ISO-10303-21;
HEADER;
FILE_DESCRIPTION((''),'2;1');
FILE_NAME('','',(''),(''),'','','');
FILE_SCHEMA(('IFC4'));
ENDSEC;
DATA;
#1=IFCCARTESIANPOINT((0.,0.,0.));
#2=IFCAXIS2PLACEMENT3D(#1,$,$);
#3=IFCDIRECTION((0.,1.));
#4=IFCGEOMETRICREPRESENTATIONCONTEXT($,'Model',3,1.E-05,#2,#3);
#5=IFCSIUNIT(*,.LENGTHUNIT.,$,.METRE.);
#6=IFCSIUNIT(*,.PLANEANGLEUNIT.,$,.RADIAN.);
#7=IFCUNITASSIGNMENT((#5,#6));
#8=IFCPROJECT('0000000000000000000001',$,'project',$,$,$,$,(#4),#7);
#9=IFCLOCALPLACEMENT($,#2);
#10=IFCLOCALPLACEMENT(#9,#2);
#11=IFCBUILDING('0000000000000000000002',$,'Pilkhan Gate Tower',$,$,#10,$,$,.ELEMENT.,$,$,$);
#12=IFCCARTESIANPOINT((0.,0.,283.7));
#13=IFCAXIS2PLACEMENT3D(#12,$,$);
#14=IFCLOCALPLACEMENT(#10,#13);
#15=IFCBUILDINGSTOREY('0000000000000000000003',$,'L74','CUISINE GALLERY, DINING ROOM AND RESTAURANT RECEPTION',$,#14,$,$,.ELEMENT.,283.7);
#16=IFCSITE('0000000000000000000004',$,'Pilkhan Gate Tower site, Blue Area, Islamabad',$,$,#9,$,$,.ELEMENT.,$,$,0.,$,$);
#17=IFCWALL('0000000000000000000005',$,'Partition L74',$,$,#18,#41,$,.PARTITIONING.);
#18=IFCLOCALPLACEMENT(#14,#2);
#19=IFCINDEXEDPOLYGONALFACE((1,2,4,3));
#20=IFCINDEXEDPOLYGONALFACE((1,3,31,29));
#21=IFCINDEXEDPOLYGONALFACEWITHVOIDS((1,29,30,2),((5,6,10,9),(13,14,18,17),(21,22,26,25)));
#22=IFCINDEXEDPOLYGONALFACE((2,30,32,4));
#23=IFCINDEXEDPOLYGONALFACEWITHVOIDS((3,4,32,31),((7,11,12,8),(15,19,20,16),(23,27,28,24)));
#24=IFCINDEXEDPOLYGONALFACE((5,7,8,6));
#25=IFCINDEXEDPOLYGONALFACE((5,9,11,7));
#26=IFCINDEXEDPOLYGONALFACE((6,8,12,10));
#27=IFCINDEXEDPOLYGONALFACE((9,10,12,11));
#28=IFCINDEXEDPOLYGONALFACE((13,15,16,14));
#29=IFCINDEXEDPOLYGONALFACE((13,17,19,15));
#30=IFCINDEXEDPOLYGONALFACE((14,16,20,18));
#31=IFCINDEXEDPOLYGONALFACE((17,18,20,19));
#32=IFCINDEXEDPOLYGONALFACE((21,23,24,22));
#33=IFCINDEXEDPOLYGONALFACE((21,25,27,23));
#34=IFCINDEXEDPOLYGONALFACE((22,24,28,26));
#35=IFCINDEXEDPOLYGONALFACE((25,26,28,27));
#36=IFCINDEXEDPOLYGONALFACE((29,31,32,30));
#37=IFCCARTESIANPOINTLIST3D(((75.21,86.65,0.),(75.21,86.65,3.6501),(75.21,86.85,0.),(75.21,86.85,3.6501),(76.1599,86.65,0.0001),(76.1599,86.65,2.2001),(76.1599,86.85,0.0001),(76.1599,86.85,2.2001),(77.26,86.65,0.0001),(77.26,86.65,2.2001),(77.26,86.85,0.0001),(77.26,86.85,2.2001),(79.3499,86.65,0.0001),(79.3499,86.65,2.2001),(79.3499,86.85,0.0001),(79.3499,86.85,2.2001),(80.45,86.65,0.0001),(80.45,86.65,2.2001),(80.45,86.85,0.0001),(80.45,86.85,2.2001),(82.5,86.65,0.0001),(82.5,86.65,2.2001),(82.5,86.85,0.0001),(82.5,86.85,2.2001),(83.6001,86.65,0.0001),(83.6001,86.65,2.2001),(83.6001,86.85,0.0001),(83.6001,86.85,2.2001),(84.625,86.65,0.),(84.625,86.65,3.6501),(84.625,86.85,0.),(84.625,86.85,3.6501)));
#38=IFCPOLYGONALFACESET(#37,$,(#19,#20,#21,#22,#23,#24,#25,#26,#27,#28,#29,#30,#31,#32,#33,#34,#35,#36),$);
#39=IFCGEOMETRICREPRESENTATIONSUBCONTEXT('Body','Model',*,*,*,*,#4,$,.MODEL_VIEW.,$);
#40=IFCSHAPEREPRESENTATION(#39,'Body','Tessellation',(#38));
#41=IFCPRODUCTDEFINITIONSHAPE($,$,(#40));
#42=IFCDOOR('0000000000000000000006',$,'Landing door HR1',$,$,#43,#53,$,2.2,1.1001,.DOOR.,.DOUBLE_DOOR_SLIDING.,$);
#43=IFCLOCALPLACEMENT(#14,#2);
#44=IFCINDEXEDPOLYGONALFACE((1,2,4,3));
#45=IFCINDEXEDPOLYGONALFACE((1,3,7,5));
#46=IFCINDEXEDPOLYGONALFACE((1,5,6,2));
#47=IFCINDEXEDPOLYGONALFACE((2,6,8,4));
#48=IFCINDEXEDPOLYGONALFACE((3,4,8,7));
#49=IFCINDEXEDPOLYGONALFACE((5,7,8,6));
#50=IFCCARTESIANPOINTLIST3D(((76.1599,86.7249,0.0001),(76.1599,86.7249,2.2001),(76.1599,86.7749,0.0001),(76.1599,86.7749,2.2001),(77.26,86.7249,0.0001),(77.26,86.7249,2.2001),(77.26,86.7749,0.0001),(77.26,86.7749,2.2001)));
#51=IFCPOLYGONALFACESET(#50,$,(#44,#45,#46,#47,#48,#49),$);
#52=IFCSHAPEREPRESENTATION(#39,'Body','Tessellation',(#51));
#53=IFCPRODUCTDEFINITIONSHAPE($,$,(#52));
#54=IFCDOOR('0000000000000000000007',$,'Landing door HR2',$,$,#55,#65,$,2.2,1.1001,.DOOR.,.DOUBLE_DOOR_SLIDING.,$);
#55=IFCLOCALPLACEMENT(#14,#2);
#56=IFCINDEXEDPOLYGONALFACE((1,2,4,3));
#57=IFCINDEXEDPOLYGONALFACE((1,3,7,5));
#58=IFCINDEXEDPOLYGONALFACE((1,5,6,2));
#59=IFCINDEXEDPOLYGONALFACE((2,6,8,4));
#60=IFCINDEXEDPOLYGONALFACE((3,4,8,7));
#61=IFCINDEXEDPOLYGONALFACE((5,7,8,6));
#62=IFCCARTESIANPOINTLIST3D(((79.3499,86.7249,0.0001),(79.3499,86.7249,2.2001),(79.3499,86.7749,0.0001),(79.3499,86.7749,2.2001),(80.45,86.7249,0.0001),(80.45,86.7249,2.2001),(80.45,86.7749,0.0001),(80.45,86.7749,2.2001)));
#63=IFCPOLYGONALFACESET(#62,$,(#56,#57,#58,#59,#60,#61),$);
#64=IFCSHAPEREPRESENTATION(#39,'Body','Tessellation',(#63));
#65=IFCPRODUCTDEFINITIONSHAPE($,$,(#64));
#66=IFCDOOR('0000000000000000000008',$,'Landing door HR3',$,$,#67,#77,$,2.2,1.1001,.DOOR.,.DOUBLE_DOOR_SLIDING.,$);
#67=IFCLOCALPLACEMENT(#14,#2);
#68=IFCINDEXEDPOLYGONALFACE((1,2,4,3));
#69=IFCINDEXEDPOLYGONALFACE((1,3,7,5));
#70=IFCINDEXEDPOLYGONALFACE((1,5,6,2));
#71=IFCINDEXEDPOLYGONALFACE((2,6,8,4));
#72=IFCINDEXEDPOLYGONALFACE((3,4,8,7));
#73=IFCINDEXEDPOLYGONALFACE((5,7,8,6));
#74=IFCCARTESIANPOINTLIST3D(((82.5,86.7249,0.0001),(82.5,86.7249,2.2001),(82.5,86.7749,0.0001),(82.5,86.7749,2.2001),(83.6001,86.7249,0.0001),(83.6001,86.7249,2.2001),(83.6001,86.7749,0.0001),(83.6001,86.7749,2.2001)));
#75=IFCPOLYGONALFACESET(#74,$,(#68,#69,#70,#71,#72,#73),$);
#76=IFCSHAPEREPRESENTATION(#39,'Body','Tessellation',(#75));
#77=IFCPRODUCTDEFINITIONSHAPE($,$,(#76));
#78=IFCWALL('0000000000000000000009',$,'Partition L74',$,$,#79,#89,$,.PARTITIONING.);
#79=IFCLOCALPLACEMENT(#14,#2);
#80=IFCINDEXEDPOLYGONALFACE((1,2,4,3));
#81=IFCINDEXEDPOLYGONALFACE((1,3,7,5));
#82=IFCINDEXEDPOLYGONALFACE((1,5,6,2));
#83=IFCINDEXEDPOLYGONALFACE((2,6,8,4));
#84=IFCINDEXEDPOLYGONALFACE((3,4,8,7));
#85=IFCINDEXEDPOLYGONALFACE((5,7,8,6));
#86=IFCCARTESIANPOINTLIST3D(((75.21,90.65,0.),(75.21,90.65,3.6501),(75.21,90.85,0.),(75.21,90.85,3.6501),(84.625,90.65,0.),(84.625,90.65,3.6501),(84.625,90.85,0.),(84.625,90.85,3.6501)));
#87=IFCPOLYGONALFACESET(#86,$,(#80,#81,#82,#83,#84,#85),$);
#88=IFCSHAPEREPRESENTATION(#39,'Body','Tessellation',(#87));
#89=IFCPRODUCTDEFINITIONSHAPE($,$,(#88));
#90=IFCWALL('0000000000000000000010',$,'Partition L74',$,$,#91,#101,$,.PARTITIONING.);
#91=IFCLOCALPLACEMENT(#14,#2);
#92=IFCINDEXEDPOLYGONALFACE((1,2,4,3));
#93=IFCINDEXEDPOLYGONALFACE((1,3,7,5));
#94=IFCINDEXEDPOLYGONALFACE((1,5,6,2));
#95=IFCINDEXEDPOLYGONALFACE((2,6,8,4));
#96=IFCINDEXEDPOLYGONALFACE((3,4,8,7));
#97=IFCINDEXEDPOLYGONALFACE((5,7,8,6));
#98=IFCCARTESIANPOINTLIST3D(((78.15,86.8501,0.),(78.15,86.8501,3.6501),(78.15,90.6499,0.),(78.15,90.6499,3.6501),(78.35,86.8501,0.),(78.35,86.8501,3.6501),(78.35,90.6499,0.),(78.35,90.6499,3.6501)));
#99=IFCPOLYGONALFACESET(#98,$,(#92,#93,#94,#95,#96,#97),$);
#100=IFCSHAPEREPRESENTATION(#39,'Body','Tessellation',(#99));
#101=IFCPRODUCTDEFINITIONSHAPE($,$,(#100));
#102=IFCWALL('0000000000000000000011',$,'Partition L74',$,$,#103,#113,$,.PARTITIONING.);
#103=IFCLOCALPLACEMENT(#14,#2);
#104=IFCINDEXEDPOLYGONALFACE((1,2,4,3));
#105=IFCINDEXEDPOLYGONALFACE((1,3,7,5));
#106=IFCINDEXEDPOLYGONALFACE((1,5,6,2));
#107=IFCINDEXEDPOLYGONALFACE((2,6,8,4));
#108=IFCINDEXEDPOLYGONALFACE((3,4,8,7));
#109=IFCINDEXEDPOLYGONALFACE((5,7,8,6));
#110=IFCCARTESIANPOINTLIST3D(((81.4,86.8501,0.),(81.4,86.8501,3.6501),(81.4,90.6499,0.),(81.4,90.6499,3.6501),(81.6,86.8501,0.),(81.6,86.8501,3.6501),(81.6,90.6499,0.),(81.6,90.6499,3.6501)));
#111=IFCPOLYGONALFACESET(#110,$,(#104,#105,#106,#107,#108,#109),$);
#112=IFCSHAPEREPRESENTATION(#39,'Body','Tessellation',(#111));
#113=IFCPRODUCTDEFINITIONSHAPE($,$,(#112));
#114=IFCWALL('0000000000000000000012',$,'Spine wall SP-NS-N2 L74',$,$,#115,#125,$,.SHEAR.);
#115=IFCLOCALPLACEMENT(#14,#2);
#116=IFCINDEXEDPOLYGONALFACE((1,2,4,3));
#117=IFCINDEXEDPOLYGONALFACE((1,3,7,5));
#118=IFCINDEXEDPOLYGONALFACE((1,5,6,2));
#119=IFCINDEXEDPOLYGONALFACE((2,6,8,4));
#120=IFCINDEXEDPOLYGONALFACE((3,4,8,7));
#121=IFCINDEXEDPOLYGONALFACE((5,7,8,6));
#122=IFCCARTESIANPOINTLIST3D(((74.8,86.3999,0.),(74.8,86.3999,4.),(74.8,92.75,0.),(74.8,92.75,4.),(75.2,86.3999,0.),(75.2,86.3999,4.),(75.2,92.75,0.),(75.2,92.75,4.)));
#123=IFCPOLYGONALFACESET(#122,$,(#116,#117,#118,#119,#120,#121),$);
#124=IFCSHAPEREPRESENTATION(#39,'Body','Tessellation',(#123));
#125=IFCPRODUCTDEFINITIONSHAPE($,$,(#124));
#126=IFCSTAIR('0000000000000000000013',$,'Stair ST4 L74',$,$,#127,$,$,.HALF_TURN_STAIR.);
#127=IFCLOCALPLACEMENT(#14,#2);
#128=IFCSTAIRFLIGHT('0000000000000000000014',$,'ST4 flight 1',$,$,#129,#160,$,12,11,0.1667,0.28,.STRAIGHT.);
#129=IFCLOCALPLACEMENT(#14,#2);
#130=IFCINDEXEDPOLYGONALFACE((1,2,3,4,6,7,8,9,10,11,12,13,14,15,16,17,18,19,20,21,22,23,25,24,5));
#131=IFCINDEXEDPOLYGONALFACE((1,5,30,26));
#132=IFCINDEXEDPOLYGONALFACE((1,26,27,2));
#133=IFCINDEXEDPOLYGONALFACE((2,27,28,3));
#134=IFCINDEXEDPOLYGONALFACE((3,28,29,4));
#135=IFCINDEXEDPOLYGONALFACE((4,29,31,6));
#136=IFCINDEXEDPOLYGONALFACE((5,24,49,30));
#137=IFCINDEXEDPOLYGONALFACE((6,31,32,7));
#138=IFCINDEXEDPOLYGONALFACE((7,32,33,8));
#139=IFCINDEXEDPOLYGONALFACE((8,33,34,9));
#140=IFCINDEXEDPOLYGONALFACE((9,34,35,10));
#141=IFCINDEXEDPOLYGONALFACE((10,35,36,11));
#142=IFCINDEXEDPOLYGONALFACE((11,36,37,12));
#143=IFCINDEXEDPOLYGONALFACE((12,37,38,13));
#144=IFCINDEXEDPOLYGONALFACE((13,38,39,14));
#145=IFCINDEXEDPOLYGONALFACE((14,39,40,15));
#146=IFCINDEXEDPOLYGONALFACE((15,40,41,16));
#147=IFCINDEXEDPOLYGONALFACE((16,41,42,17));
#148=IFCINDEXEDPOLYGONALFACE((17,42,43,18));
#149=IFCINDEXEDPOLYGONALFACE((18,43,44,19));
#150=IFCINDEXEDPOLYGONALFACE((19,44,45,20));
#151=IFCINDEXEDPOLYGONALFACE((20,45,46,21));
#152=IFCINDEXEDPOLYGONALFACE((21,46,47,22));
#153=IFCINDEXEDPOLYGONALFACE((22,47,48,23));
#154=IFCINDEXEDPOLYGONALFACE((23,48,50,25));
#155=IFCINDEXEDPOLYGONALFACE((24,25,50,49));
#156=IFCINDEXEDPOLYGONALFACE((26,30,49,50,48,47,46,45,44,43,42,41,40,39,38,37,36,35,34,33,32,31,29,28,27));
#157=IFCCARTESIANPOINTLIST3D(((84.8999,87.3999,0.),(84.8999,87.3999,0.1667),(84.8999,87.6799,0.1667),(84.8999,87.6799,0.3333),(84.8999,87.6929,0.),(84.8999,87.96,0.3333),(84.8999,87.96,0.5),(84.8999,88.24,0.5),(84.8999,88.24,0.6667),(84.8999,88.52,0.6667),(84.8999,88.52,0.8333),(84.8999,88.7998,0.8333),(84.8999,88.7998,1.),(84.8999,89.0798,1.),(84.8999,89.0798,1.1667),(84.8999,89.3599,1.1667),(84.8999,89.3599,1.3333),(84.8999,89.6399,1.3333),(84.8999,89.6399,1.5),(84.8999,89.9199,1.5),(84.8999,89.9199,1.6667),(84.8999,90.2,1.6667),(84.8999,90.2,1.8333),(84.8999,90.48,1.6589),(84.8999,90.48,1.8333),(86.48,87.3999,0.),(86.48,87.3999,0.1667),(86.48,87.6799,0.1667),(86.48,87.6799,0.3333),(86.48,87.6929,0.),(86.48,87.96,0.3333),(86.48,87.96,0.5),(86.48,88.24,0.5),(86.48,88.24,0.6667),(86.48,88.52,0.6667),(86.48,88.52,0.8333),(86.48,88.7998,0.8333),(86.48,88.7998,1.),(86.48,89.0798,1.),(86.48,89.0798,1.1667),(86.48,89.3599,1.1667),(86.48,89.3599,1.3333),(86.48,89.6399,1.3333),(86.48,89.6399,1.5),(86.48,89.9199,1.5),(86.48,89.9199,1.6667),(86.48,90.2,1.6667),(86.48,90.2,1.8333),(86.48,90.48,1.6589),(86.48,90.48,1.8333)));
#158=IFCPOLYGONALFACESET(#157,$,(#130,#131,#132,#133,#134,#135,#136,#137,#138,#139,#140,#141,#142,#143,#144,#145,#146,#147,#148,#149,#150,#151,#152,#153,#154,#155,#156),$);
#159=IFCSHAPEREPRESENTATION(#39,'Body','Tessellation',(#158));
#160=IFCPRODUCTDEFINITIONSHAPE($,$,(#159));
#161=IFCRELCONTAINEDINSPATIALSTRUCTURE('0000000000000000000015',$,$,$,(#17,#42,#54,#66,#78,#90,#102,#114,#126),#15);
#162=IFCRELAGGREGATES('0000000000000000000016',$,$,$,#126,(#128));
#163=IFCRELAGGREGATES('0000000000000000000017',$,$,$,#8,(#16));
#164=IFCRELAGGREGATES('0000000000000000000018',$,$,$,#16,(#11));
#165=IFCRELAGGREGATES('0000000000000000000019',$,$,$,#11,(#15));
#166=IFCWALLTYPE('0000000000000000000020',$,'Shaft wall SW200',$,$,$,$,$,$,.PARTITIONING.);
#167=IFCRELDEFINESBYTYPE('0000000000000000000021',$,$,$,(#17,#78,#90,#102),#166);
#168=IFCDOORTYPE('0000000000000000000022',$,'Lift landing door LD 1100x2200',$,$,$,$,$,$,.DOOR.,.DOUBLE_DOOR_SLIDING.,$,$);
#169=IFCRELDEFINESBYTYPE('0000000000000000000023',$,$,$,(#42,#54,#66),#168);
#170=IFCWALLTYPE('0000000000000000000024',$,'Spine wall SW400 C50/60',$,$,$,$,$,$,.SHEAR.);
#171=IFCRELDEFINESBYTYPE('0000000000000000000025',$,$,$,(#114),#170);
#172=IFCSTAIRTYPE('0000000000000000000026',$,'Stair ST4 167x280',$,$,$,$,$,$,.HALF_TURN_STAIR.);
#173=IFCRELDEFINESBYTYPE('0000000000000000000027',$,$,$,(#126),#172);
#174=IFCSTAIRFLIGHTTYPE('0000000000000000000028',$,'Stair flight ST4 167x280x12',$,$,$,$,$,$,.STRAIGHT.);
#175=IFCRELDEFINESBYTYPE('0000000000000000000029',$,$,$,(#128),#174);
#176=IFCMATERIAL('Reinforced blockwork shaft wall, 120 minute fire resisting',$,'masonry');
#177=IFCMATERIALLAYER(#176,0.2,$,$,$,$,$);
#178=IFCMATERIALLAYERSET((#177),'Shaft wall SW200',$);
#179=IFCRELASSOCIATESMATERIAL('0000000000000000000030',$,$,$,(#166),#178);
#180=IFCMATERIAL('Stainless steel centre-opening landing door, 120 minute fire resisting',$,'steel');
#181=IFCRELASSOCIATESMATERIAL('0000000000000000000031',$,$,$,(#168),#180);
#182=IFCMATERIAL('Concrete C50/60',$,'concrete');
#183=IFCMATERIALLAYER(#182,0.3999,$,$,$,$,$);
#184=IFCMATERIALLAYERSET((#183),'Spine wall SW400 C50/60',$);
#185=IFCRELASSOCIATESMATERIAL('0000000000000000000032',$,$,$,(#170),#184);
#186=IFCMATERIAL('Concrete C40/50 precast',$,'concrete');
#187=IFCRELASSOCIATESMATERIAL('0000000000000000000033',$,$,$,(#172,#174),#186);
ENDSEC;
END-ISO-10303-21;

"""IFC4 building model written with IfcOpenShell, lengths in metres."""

from ifc_helpers import new_model, si_unit, direction, frame, frame_2d, origin, place, context, subcontext, project, spatial, polyline, rectangle, outline, extrude, material, layer, layer_set, type_object, element, fill, aggregate, save


model = new_model("IFC4")

# Units and contexts
model_context = context("Model", 3, precision=1e-05, world=origin(), true_north=direction((0.0, 1.0)))
body_context = subcontext(model_context, "Body", "Model", "MODEL_VIEW")
ifc_project = project(units=[si_unit("LENGTHUNIT", "METRE"), si_unit("PLANEANGLEUNIT", "RADIAN")], contexts=[model_context])

# Site, building, storey
site_placement = place(None, origin())
site = spatial("IfcSite", under=ifc_project, at=site_placement, Name="Pilkhan Gate Tower site, Blue Area, Islamabad", CompositionType="ELEMENT", RefElevation=0.0)
building_placement = place(site_placement, origin())
building = spatial("IfcBuilding", under=site, at=building_placement, Name="Pilkhan Gate Tower", CompositionType="ELEMENT")
storey_placement = place(building_placement, frame((0.0, 0.0, 283.7)))
storey = spatial("IfcBuildingStorey", under=building, at=storey_placement, Name="L74", Description="CUISINE GALLERY, DINING ROOM AND RESTAURANT RECEPTION", CompositionType="ELEMENT", Elevation=283.7)

# Shared definitions
ifc_material_1 = material(Name="Concrete C50/60", Category="concrete")

# Wall, openings, doors
ifc_material_2 = material(Name="Reinforced blockwork shaft wall, 120 minute fire resisting", Category="masonry")
ifc_layer_1 = layer(ifc_material_2, 0.2)
ifc_layer_set_1 = layer_set([ifc_layer_1], Name="Shaft wall SW200")
wall_type_1 = type_object("IfcWallType", Name="Shaft wall SW200", PredefinedType="PARTITIONING", material=ifc_layer_set_1)
wall_1_placement = place(storey_placement, frame((75.21, 86.75, 0.0), z_axis=(0.0, 0.0, 1.0), x_axis=(1.0, 0.0, 0.0)))
wall_1 = element("IfcWall", 1, at=wall_1_placement, inside=storey, type_object=wall_type_1, Name="Partition L74", PredefinedType="PARTITIONING", context=body_context, shape_type="SweptSolid", body=[
    extrude(rectangle(XDim=9.415, YDim=0.2, at=frame_2d((4.7075, 0.0))), origin(), (0.0, 0.0, 1.0), 3.6501),
])
opening_1_placement = place(wall_1_placement, frame((0.95, 0.0, 0.0)))
opening_1 = element("IfcOpeningElement", 2, at=opening_1_placement, cuts=wall_1, PredefinedType="OPENING", context=body_context, shape_type="SweptSolid", body=[
    extrude(rectangle(XDim=1.1001, YDim=2.2, at=frame_2d((0.55, 1.1001))), frame((0.0, 0.1099, 0.0), z_axis=(0.0, -1.0, 0.0), x_axis=(1.0, 0.0, 0.0)), (0.0, 0.0, 1.0), 0.22),
])
opening_2_placement = place(wall_1_placement, frame((4.1399, 0.0, 0.0)))
opening_2 = element("IfcOpeningElement", 3, at=opening_2_placement, cuts=wall_1, PredefinedType="OPENING", context=body_context, shape_type="SweptSolid", body=[
    extrude(rectangle(XDim=1.1001, YDim=2.2, at=frame_2d((0.55, 1.1001))), frame((0.0, 0.1099, 0.0), z_axis=(0.0, -1.0, 0.0), x_axis=(1.0, 0.0, 0.0)), (0.0, 0.0, 1.0), 0.22),
])
opening_3_placement = place(wall_1_placement, frame((7.29, 0.0, 0.0)))
opening_3 = element("IfcOpeningElement", 4, at=opening_3_placement, cuts=wall_1, PredefinedType="OPENING", context=body_context, shape_type="SweptSolid", body=[
    extrude(rectangle(XDim=1.1001, YDim=2.2, at=frame_2d((0.55, 1.1001))), frame((0.0, 0.1099, 0.0), z_axis=(0.0, -1.0, 0.0), x_axis=(1.0, 0.0, 0.0)), (0.0, 0.0, 1.0), 0.22),
])
ifc_material_3 = material(Name="Stainless steel centre-opening landing door, 120 minute fire resisting", Category="steel")
door_type = type_object("IfcDoorType", Name="Lift landing door LD 1100x2200", OperationType="DOUBLE_DOOR_SLIDING", PredefinedType="DOOR", material=ifc_material_3)
door_1_placement = place(opening_1_placement, origin())
door_1 = element("IfcDoor", 5, at=door_1_placement, inside=storey, type_object=door_type, Name="Landing door HR1", OperationType="DOUBLE_DOOR_SLIDING", OverallHeight=2.2, OverallWidth=1.1001, PredefinedType="DOOR", context=body_context, shape_type="SweptSolid", body=[
    extrude(rectangle(XDim=1.1001, YDim=2.2, at=frame_2d((0.55, 1.1001))), frame((0.0, 0.0249, 0.0), z_axis=(0.0, -1.0, 0.0), x_axis=(1.0, 0.0, 0.0)), (0.0, 0.0, 1.0), 0.05),
])
fill(opening_1, door_1)
door_2_placement = place(opening_2_placement, origin())
door_2 = element("IfcDoor", 6, at=door_2_placement, inside=storey, type_object=door_type, Name="Landing door HR2", OperationType="DOUBLE_DOOR_SLIDING", OverallHeight=2.2, OverallWidth=1.1001, PredefinedType="DOOR", context=body_context, shape_type="SweptSolid", body=[
    extrude(rectangle(XDim=1.1001, YDim=2.2, at=frame_2d((0.55, 1.1001))), frame((0.0, 0.0249, 0.0), z_axis=(0.0, -1.0, 0.0), x_axis=(1.0, 0.0, 0.0)), (0.0, 0.0, 1.0), 0.05),
])
fill(opening_2, door_2)
door_3_placement = place(opening_3_placement, origin())
door_3 = element("IfcDoor", 7, at=door_3_placement, inside=storey, type_object=door_type, Name="Landing door HR3", OperationType="DOUBLE_DOOR_SLIDING", OverallHeight=2.2, OverallWidth=1.1001, PredefinedType="DOOR", context=body_context, shape_type="SweptSolid", body=[
    extrude(rectangle(XDim=1.1001, YDim=2.2, at=frame_2d((0.55, 1.1001))), frame((0.0, 0.0249, 0.0), z_axis=(0.0, -1.0, 0.0), x_axis=(1.0, 0.0, 0.0)), (0.0, 0.0, 1.0), 0.05),
])
fill(opening_3, door_3)

# Walls
wall_2_placement = place(storey_placement, frame((75.21, 90.75, 0.0), z_axis=(0.0, 0.0, 1.0), x_axis=(1.0, 0.0, 0.0)))
element("IfcWall", 8, at=wall_2_placement, inside=storey, type_object=wall_type_1, Name="Partition L74", PredefinedType="PARTITIONING", context=body_context, shape_type="SweptSolid", body=[
    extrude(rectangle(XDim=9.415, YDim=0.2, at=frame_2d((4.7075, 0.0))), origin(), (0.0, 0.0, 1.0), 3.6501),
])
for number, where, z_axis, x_axis, name in (
    (9, (78.25, 86.8501, 0.0), (0.0, 0.0, 1.0), (0.0, 1.0, 0.0), "Partition L74"),
    (10, (81.5, 86.8501, 0.0), (0.0, 0.0, 1.0), (0.0, 1.0, 0.0), "Partition L74"),
):
    element("IfcWall", number, at=place(storey_placement, frame(where, z_axis=z_axis, x_axis=x_axis)), inside=storey, type_object=wall_type_1, Name=name, PredefinedType="PARTITIONING", context=body_context, shape_type="SweptSolid", body=[
        extrude(rectangle(XDim=3.7998, YDim=0.2, at=frame_2d((1.8999, 0.0))), origin(), (0.0, 0.0, 1.0), 3.6501),
    ])
ifc_layer_2 = layer(ifc_material_1, 0.3999)
ifc_layer_set_2 = layer_set([ifc_layer_2], Name="Spine wall SW400 C50/60")
wall_type_2 = type_object("IfcWallType", Name="Spine wall SW400 C50/60", PredefinedType="SHEAR", material=ifc_layer_set_2)
wall_3_placement = place(storey_placement, frame((75.0, 86.3999, 0.0), z_axis=(0.0, 0.0, 1.0), x_axis=(0.0, 1.0, 0.0)))
element("IfcWall", 11, at=wall_3_placement, inside=storey, type_object=wall_type_2, Name="Spine wall SP-NS-N2 L74", PredefinedType="SHEAR", context=body_context, shape_type="SweptSolid", body=[
    extrude(rectangle(XDim=6.3501, YDim=0.3999, at=frame_2d((3.175, 0.0))), origin(), (0.0, 0.0, 1.0), 4.0),
])

# Stair, stair flight
ifc_material_4 = material(Name="Concrete C40/50 precast", Category="concrete")
stair_type = type_object("IfcStairType", Name="Stair ST4 167x280", PredefinedType="HALF_TURN_STAIR", material=ifc_material_4)
stair_placement = place(storey_placement, origin())
stair = element("IfcStair", 12, at=stair_placement, inside=storey, type_object=stair_type, Name="Stair ST4 L74", PredefinedType="HALF_TURN_STAIR")
stair_flight_type = type_object("IfcStairFlightType", Name="Stair flight ST4 167x280x12", PredefinedType="STRAIGHT", material=ifc_material_4)
stair_flight_1_placement = place(storey_placement, frame((85.6899, 87.3999, 0.0), z_axis=(0.0, 0.0, 1.0), x_axis=(0.0, 1.0, 0.0)))
stair_flight_1 = element("IfcStairFlight", 13, at=stair_flight_1_placement, type_object=stair_flight_type, Name="ST4 flight 1", NumberOfRisers=12, NumberOfTreads=11, PredefinedType="STRAIGHT", RiserHeight=0.1667, TreadLength=0.28, context=body_context, shape_type="SweptSolid", body=[
    extrude(outline(polyline([(0.0, 0.0), (0.0, 0.1667), (0.28, 0.1667), (0.28, 0.3333), (0.5601, 0.3333), (0.5601, 0.5), (0.8401, 0.5), (0.8401, 0.6667), (1.1201, 0.6667), (1.1201, 0.8333), (1.3999, 0.8333), (1.3999, 1.0), (1.6799, 1.0), (1.6799, 1.1667), (1.96, 1.1667), (1.96, 1.3333), (2.24, 1.3333), (2.24, 1.5), (2.52, 1.5), (2.52, 1.6667), (2.8, 1.6667), (2.8, 1.8333), (3.0801, 1.8333), (3.0801, 2.0), (3.0801, 1.6589), (0.293, 0.0), (0.0, 0.0)])), frame((0.0, 0.79, 0.0), z_axis=(0.0, -1.0, 0.0), x_axis=(1.0, 0.0, 0.0)), (0.0, 0.0, 1.0), 1.5801),
])
aggregate(stair, [stair_flight_1])

save(model, "model.ifc")
